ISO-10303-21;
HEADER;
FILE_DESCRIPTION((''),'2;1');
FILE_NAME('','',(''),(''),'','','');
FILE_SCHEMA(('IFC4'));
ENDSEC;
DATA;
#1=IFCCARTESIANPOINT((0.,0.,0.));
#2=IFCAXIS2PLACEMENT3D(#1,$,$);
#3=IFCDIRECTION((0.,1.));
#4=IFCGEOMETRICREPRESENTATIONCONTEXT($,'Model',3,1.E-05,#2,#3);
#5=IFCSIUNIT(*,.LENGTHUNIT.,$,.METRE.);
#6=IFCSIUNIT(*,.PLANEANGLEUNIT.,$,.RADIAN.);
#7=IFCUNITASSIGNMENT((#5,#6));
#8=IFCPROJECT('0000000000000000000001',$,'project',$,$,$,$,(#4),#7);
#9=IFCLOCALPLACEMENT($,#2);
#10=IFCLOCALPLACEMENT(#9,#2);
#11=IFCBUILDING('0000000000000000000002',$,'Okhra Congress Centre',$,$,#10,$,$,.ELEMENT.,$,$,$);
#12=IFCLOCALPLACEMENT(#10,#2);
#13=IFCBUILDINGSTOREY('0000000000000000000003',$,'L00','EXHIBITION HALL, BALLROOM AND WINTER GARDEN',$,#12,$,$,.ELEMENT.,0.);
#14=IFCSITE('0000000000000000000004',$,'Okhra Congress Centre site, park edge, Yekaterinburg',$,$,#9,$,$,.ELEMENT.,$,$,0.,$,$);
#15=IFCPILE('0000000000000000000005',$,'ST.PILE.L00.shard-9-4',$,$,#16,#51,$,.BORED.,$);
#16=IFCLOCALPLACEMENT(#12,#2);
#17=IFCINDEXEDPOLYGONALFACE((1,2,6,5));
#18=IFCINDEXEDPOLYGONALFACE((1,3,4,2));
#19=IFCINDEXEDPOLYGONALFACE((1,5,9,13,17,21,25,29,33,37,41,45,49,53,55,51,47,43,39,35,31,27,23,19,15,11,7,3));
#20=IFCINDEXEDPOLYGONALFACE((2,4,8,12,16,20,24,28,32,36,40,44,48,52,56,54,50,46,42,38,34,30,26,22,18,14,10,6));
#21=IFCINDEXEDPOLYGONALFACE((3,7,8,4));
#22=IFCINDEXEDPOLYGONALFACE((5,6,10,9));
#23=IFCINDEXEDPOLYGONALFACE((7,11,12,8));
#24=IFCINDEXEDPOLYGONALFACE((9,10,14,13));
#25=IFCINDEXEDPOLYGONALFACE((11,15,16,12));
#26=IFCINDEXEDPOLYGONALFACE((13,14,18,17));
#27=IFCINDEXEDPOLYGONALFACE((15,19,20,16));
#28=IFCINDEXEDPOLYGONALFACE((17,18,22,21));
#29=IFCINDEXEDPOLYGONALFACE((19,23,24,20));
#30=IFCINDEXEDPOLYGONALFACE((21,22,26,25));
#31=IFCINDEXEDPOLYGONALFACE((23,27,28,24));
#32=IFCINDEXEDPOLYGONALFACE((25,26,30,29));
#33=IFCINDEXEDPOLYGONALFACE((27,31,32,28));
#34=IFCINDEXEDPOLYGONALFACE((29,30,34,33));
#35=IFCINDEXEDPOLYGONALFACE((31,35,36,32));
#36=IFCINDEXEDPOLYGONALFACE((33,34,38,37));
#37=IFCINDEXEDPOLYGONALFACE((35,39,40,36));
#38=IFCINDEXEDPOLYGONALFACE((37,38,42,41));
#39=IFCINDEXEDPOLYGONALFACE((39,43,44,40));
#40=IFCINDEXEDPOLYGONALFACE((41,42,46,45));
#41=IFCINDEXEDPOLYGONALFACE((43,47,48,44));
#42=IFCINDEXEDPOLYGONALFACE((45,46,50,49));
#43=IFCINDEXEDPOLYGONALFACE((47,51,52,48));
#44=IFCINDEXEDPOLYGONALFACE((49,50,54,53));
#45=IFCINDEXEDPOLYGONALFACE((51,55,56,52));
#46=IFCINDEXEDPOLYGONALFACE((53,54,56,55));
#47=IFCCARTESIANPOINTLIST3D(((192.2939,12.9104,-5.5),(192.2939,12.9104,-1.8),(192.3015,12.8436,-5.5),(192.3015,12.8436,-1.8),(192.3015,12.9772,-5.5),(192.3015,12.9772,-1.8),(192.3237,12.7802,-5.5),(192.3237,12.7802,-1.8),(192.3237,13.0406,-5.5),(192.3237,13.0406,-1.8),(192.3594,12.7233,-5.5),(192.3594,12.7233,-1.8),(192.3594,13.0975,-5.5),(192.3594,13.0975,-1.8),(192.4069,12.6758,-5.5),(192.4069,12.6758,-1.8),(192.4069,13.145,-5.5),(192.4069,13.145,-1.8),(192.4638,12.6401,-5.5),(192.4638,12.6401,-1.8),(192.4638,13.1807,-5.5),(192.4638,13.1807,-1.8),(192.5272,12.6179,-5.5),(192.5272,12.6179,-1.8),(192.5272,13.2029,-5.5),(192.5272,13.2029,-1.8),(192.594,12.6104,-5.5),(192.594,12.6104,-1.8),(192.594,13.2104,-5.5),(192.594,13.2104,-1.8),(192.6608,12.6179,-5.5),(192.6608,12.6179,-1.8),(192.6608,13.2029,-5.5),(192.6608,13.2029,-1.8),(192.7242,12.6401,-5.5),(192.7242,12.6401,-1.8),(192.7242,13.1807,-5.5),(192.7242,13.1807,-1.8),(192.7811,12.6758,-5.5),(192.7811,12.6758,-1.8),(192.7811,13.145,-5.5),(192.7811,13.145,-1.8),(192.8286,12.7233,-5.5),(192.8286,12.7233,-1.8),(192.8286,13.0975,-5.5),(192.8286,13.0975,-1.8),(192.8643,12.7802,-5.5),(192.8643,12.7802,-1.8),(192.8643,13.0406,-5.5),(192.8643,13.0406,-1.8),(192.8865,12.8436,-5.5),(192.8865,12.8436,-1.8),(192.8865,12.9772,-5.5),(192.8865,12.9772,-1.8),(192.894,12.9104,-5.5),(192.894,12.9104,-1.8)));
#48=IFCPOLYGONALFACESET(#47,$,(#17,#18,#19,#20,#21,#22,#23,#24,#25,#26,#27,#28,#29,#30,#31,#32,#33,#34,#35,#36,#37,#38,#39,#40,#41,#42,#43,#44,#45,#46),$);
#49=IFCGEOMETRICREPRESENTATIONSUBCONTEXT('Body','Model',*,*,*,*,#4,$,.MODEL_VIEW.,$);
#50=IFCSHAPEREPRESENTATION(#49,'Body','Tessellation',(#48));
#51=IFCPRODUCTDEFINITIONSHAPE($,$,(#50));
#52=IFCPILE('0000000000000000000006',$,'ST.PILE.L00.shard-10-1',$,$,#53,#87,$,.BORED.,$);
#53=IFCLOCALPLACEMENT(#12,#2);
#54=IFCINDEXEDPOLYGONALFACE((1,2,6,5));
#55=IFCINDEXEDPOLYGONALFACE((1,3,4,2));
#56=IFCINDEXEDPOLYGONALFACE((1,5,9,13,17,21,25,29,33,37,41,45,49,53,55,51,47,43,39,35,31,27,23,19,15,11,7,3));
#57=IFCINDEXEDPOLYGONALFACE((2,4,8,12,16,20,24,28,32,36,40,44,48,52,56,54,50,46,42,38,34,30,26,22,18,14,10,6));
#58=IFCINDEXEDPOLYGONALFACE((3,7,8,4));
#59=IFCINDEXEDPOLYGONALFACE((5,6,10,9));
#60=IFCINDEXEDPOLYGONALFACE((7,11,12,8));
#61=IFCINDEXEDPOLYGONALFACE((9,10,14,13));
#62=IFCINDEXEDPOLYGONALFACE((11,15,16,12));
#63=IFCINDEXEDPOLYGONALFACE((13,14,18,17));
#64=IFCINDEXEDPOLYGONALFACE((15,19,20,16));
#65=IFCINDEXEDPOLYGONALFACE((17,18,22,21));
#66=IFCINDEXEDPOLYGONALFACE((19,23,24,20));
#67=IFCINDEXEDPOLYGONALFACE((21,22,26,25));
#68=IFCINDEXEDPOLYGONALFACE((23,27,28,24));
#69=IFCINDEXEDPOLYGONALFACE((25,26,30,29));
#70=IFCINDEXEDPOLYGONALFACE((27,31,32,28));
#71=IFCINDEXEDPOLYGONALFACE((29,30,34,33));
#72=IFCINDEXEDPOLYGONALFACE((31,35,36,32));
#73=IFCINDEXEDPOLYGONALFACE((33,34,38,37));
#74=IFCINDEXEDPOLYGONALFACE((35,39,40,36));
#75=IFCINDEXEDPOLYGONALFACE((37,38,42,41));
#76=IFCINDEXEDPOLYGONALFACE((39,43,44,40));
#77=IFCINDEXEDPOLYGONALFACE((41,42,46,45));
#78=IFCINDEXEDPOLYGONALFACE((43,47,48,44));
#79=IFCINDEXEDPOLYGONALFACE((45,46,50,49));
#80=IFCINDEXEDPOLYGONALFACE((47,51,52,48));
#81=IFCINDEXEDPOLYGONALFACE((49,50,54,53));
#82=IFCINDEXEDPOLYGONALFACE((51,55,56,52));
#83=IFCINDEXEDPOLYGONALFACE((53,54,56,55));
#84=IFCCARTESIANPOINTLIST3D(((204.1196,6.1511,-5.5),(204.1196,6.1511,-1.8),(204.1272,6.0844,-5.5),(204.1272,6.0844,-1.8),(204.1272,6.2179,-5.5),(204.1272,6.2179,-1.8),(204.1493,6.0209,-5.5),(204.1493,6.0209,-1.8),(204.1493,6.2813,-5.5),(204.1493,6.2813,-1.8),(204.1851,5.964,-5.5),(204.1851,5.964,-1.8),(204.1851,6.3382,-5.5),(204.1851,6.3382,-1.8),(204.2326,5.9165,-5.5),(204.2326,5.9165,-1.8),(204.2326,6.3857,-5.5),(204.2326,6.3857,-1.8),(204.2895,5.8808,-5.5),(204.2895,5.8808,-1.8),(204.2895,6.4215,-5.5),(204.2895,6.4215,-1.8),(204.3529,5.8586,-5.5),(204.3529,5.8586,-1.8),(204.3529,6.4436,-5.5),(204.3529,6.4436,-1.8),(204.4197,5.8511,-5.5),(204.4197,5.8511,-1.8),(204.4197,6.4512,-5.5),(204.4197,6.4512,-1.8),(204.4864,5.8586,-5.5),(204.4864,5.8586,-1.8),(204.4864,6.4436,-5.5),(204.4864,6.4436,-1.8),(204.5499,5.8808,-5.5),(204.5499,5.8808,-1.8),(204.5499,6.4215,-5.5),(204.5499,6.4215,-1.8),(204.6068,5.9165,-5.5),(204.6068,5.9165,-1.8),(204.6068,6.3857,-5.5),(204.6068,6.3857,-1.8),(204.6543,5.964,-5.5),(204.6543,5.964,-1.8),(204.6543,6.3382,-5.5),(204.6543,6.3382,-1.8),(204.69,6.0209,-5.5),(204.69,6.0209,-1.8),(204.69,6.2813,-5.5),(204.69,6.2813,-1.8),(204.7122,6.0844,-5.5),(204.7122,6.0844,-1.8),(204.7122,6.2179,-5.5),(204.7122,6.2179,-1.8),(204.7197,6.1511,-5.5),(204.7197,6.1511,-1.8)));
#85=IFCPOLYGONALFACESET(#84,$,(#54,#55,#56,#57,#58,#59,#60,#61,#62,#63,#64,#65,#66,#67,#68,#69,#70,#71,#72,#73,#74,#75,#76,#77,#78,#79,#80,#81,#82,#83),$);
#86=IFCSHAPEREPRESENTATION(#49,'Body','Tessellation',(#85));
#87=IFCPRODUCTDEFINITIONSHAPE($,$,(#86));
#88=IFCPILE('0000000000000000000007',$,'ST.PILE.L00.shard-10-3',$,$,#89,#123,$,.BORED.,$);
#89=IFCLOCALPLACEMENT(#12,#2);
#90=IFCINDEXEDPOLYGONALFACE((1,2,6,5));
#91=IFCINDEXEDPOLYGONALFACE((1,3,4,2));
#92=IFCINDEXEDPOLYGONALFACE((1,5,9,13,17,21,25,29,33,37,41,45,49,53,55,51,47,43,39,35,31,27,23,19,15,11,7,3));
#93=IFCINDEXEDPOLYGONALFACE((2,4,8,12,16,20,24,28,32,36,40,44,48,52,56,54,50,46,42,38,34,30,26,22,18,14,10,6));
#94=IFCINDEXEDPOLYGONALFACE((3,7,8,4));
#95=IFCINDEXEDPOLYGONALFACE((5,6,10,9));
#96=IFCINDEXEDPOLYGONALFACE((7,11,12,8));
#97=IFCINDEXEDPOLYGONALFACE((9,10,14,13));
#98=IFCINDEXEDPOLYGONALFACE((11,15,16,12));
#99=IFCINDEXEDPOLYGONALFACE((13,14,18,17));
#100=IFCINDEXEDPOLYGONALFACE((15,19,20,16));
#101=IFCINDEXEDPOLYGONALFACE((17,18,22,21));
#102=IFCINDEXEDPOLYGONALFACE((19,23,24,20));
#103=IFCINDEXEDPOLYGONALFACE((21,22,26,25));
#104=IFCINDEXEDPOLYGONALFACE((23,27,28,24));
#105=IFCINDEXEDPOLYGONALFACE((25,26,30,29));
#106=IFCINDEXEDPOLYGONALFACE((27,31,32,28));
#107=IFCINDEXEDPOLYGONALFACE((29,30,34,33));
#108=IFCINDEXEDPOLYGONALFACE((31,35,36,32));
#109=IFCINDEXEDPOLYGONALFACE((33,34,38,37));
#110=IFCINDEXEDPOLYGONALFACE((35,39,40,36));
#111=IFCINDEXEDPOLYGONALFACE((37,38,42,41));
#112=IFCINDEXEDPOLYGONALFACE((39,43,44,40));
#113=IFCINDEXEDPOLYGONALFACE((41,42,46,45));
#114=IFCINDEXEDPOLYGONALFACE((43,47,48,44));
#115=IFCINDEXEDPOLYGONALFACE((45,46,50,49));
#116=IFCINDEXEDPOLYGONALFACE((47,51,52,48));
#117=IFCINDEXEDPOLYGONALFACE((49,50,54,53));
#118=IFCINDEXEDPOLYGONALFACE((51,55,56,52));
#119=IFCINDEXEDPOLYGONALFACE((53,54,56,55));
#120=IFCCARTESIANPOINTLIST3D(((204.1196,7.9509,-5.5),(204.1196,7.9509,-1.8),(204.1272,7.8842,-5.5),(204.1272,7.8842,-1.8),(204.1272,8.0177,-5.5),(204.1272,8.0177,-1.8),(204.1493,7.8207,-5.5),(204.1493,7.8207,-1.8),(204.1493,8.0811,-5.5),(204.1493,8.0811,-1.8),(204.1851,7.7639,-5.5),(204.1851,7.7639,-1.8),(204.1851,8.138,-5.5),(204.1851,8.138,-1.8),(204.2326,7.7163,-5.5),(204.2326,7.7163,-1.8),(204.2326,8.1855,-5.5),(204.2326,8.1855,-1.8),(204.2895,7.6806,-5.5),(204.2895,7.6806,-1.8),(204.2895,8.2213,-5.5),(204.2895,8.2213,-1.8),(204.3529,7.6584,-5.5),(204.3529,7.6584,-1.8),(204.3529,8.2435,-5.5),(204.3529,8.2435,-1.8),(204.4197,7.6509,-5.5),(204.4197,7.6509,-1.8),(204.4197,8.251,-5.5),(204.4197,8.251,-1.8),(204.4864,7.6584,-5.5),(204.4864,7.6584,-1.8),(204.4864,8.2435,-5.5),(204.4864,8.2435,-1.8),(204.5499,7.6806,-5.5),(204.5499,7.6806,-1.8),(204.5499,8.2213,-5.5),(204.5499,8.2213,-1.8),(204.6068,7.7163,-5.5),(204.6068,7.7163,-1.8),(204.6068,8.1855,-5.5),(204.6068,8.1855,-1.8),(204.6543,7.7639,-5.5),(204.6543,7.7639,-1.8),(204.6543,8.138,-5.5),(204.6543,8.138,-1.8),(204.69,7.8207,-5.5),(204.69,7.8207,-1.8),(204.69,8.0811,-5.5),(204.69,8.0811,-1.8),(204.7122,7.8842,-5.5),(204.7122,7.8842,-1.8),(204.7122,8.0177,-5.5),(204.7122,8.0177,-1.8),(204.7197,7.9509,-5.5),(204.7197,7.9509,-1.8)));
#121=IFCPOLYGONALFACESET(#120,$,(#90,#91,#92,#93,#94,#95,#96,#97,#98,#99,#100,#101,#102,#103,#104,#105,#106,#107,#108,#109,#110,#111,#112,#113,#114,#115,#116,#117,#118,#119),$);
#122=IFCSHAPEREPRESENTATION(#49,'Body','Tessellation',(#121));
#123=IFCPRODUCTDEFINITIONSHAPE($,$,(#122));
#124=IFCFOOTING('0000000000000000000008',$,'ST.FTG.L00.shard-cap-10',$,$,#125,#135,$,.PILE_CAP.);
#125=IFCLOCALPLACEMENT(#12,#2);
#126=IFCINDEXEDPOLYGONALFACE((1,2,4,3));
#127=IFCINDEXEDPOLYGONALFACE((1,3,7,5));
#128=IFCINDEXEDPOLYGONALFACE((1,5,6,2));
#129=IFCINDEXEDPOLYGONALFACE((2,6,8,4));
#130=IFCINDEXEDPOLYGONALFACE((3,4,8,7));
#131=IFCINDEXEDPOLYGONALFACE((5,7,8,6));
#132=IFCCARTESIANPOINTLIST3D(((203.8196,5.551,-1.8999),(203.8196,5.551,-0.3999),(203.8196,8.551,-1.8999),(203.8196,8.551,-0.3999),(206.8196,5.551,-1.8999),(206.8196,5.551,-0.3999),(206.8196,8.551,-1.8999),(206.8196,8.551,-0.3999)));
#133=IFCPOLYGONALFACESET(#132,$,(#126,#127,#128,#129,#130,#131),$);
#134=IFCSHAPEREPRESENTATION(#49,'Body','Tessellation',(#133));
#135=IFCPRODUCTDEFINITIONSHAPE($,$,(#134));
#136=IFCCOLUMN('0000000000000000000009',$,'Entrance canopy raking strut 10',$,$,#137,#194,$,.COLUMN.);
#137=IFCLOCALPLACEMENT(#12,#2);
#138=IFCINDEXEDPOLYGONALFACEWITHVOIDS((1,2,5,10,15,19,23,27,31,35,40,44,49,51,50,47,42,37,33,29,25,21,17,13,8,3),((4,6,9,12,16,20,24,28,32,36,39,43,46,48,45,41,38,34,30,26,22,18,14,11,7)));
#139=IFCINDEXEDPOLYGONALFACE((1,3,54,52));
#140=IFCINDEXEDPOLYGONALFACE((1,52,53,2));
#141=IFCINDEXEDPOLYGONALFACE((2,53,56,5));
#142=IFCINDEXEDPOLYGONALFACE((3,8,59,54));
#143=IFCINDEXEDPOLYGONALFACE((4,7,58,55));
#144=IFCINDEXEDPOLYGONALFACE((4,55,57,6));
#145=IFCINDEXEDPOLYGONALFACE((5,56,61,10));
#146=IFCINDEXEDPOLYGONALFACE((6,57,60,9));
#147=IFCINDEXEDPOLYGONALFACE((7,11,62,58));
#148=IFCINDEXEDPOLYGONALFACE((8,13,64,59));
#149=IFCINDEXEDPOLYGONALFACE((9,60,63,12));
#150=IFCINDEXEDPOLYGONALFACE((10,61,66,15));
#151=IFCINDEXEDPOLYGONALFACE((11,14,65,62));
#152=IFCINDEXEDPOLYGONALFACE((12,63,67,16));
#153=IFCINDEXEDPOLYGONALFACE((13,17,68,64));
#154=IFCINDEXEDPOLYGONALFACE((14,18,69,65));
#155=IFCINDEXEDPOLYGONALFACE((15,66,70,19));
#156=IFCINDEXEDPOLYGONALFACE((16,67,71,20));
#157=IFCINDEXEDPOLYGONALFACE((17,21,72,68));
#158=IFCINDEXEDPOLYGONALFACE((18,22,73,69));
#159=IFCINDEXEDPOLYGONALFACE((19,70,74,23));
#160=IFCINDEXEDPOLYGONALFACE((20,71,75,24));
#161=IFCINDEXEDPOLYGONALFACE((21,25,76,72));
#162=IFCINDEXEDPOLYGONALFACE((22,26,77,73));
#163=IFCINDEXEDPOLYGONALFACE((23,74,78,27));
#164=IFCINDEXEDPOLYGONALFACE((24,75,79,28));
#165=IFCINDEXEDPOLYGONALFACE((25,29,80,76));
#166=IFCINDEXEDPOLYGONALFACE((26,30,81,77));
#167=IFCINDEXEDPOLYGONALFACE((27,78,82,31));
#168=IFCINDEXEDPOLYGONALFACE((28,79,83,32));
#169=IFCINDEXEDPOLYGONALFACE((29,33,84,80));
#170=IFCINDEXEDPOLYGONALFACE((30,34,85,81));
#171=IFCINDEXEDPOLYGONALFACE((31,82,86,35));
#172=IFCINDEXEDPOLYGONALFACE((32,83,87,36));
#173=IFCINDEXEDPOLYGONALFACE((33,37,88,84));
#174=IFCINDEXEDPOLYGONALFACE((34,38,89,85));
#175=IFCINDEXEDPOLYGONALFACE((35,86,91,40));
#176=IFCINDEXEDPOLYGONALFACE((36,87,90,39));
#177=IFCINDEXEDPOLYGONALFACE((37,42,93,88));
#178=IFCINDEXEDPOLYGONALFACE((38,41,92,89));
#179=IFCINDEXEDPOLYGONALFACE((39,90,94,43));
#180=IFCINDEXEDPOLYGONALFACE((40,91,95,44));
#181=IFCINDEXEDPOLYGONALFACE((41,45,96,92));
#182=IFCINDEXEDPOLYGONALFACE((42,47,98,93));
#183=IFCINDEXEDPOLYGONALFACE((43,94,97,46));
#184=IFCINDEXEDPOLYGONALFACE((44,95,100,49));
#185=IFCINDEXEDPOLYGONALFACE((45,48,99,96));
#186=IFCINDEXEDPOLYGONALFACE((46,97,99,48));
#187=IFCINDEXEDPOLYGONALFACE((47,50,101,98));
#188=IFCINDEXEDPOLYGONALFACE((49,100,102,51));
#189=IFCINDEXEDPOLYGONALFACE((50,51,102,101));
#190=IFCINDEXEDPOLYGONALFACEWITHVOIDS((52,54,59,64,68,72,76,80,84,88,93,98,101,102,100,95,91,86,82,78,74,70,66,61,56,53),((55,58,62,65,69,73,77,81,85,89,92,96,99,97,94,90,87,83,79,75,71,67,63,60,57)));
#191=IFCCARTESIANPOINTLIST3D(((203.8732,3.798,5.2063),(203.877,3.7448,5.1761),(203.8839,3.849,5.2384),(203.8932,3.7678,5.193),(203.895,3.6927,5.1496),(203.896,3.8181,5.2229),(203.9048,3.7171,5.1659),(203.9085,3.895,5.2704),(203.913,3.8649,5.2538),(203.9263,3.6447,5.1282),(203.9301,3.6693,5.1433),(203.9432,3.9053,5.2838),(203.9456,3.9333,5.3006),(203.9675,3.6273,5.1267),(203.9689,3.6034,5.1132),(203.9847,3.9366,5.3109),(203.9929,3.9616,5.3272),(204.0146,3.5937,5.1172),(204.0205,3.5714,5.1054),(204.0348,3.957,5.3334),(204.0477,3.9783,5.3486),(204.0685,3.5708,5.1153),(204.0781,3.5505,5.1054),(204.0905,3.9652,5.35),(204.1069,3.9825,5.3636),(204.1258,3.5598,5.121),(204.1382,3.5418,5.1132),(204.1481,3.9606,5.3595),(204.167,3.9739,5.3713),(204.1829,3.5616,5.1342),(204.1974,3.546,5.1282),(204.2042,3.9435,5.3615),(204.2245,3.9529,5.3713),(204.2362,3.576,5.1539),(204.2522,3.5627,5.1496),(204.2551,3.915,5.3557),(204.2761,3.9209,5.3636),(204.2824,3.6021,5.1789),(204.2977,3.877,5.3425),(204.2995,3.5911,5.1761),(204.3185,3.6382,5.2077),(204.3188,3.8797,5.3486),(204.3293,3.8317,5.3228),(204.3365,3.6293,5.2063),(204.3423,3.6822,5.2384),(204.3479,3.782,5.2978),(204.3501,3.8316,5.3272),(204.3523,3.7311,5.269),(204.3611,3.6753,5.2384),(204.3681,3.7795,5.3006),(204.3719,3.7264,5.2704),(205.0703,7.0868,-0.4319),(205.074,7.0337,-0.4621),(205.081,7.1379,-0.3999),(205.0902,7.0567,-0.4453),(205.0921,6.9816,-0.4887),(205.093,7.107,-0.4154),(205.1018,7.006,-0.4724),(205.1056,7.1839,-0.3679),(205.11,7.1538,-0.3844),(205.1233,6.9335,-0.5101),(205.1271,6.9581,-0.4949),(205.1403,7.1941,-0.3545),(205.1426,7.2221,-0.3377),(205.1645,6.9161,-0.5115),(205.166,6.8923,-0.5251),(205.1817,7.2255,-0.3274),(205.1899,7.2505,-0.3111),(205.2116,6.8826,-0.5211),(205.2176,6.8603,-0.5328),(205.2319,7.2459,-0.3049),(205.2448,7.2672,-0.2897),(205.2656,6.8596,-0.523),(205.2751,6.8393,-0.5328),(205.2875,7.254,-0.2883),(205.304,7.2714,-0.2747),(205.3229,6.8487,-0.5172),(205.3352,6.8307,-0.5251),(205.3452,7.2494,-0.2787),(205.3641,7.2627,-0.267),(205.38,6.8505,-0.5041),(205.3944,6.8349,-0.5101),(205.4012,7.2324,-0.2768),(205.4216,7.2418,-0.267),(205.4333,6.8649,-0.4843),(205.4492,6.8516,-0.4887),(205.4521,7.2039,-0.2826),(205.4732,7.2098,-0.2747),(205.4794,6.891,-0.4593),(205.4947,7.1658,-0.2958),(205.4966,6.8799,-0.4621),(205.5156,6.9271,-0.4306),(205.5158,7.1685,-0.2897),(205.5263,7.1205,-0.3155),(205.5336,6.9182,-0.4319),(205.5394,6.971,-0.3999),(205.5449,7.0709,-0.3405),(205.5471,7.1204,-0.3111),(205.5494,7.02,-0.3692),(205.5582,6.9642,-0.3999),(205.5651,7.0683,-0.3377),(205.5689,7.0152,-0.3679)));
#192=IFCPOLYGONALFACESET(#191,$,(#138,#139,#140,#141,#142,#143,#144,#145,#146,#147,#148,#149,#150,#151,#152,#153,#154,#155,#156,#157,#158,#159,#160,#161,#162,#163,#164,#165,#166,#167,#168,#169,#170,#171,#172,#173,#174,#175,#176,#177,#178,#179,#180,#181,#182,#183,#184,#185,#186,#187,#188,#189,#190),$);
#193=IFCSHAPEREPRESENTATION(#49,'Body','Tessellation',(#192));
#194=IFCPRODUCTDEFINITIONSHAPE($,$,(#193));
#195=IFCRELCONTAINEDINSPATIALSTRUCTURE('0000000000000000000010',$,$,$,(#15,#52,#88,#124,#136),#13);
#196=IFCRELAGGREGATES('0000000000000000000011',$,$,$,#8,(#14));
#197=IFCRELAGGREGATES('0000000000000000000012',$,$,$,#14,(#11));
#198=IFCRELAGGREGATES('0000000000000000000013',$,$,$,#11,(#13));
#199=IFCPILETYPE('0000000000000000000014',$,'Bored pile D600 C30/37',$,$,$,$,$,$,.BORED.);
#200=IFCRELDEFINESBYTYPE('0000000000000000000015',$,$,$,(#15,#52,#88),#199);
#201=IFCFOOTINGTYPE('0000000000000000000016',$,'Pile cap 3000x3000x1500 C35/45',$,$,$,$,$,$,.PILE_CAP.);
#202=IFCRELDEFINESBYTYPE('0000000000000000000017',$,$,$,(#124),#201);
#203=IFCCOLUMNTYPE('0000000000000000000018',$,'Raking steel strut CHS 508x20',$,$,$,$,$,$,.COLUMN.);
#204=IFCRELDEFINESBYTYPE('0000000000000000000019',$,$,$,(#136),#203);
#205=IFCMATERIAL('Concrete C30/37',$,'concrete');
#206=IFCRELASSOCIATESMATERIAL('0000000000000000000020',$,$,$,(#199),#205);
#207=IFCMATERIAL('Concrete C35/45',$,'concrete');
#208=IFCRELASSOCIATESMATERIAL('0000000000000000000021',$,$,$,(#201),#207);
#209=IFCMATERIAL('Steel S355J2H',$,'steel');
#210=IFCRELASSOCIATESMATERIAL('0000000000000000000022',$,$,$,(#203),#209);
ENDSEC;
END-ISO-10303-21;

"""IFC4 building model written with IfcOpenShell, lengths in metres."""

from ifc_helpers import new_model, si_unit, direction, frame, origin, origin_2d, place, context, subcontext, project, spatial, rectangle, circle, hollow_circle, extrude, material, material_profile, profile_set, type_object, element, save


model = new_model("IFC4")

# Units and contexts
model_context = context("Model", 3, precision=1e-05, world=origin(), true_north=direction((0.0, 1.0)))
body_context = subcontext(model_context, "Body", "Model", "MODEL_VIEW")
ifc_project = project(units=[si_unit("LENGTHUNIT", "METRE"), si_unit("PLANEANGLEUNIT", "RADIAN")], contexts=[model_context])

# Site, building, storey
site_placement = place(None, origin())
site = spatial("IfcSite", under=ifc_project, at=site_placement, Name="Okhra Congress Centre site, park edge, Yekaterinburg", CompositionType="ELEMENT", RefElevation=0.0)
building_placement = place(site_placement, origin())
building = spatial("IfcBuilding", under=site, at=building_placement, Name="Okhra Congress Centre", CompositionType="ELEMENT")
storey_placement = place(building_placement, origin())
storey = spatial("IfcBuildingStorey", under=building, at=storey_placement, Name="L00", Description="EXHIBITION HALL, BALLROOM AND WINTER GARDEN", CompositionType="ELEMENT", Elevation=0.0)

# Piles
ifc_material_1 = material(Name="Concrete C30/37", Category="concrete")
ifc_material_profile_1 = material_profile(ifc_material_1, circle(Radius=0.3, at=origin_2d()), Name="D600")
ifc_profile_set_1 = profile_set([ifc_material_profile_1], Name="Concrete C30/37")
pile_type = type_object("IfcPileType", Name="Bored pile D600 C30/37", PredefinedType="BORED", material=ifc_profile_set_1)
for number, where, z_axis, x_axis, name in (
    (1, (192.594, 12.9104, -1.8), (0.0, 0.0, -1.0), (1.0, 0.0, 0.0), "ST.PILE.L00.shard-9-4"),
    (2, (204.4197, 6.1511, -1.8), (0.0, 0.0, -1.0), (1.0, 0.0, 0.0), "ST.PILE.L00.shard-10-1"),
    (3, (204.4197, 7.9509, -1.8), (0.0, 0.0, -1.0), (1.0, 0.0, 0.0), "ST.PILE.L00.shard-10-3"),
):
    element("IfcPile", number, at=place(storey_placement, frame(where, z_axis=z_axis, x_axis=x_axis)), inside=storey, type_object=pile_type, Name=name, PredefinedType="BORED", context=body_context, shape_type="SweptSolid", body=[
        extrude(circle(Radius=0.3, at=origin_2d()), origin(), (0.0, 0.0, 1.0), 3.7),
    ])

# Footing
ifc_material_2 = material(Name="Concrete C35/45", Category="concrete")
footing_type = type_object("IfcFootingType", Name="Pile cap 3000x3000x1500 C35/45", PredefinedType="PILE_CAP", material=ifc_material_2)
footing_placement = place(storey_placement, frame((205.3196, 7.051, -1.8999), z_axis=(0.0, 0.0, 1.0), x_axis=(1.0, 0.0, 0.0)))
element("IfcFooting", 4, at=footing_placement, inside=storey, type_object=footing_type, Name="ST.FTG.L00.shard-cap-10", PredefinedType="PILE_CAP", context=body_context, shape_type="SweptSolid", body=[
    extrude(rectangle(XDim=3.0, YDim=3.0, at=origin_2d()), origin(), (0.0, 0.0, 1.0), 1.5),
])

# Column
ifc_material_3 = material(Name="Steel S355J2H", Category="steel")
ifc_material_profile_2 = material_profile(ifc_material_3, hollow_circle(Radius=0.2539, WallThickness=0.02, at=origin_2d()), Name="CHS 508x20")
ifc_profile_set_2 = profile_set([ifc_material_profile_2], Name="Steel S355J2H")
column_type = type_object("IfcColumnType", Name="Raking steel strut CHS 508x20", PredefinedType="COLUMN", material=ifc_profile_set_2)
column_placement = place(storey_placement, frame((205.3196, 7.051, -0.3999), z_axis=(-0.180379, -0.495592, 0.849618), x_axis=(0.939694, -0.342017, 0.0)))
element("IfcColumn", 5, at=column_placement, inside=storey, type_object=column_type, Name="Entrance canopy raking strut 10", PredefinedType="COLUMN", context=body_context, shape_type="SweptSolid", body=[
    extrude(hollow_circle(Radius=0.2539, WallThickness=0.02, at=origin_2d()), origin(), (0.0, 0.0, 1.0), 6.6362),
])

save(model, "model.ifc")
